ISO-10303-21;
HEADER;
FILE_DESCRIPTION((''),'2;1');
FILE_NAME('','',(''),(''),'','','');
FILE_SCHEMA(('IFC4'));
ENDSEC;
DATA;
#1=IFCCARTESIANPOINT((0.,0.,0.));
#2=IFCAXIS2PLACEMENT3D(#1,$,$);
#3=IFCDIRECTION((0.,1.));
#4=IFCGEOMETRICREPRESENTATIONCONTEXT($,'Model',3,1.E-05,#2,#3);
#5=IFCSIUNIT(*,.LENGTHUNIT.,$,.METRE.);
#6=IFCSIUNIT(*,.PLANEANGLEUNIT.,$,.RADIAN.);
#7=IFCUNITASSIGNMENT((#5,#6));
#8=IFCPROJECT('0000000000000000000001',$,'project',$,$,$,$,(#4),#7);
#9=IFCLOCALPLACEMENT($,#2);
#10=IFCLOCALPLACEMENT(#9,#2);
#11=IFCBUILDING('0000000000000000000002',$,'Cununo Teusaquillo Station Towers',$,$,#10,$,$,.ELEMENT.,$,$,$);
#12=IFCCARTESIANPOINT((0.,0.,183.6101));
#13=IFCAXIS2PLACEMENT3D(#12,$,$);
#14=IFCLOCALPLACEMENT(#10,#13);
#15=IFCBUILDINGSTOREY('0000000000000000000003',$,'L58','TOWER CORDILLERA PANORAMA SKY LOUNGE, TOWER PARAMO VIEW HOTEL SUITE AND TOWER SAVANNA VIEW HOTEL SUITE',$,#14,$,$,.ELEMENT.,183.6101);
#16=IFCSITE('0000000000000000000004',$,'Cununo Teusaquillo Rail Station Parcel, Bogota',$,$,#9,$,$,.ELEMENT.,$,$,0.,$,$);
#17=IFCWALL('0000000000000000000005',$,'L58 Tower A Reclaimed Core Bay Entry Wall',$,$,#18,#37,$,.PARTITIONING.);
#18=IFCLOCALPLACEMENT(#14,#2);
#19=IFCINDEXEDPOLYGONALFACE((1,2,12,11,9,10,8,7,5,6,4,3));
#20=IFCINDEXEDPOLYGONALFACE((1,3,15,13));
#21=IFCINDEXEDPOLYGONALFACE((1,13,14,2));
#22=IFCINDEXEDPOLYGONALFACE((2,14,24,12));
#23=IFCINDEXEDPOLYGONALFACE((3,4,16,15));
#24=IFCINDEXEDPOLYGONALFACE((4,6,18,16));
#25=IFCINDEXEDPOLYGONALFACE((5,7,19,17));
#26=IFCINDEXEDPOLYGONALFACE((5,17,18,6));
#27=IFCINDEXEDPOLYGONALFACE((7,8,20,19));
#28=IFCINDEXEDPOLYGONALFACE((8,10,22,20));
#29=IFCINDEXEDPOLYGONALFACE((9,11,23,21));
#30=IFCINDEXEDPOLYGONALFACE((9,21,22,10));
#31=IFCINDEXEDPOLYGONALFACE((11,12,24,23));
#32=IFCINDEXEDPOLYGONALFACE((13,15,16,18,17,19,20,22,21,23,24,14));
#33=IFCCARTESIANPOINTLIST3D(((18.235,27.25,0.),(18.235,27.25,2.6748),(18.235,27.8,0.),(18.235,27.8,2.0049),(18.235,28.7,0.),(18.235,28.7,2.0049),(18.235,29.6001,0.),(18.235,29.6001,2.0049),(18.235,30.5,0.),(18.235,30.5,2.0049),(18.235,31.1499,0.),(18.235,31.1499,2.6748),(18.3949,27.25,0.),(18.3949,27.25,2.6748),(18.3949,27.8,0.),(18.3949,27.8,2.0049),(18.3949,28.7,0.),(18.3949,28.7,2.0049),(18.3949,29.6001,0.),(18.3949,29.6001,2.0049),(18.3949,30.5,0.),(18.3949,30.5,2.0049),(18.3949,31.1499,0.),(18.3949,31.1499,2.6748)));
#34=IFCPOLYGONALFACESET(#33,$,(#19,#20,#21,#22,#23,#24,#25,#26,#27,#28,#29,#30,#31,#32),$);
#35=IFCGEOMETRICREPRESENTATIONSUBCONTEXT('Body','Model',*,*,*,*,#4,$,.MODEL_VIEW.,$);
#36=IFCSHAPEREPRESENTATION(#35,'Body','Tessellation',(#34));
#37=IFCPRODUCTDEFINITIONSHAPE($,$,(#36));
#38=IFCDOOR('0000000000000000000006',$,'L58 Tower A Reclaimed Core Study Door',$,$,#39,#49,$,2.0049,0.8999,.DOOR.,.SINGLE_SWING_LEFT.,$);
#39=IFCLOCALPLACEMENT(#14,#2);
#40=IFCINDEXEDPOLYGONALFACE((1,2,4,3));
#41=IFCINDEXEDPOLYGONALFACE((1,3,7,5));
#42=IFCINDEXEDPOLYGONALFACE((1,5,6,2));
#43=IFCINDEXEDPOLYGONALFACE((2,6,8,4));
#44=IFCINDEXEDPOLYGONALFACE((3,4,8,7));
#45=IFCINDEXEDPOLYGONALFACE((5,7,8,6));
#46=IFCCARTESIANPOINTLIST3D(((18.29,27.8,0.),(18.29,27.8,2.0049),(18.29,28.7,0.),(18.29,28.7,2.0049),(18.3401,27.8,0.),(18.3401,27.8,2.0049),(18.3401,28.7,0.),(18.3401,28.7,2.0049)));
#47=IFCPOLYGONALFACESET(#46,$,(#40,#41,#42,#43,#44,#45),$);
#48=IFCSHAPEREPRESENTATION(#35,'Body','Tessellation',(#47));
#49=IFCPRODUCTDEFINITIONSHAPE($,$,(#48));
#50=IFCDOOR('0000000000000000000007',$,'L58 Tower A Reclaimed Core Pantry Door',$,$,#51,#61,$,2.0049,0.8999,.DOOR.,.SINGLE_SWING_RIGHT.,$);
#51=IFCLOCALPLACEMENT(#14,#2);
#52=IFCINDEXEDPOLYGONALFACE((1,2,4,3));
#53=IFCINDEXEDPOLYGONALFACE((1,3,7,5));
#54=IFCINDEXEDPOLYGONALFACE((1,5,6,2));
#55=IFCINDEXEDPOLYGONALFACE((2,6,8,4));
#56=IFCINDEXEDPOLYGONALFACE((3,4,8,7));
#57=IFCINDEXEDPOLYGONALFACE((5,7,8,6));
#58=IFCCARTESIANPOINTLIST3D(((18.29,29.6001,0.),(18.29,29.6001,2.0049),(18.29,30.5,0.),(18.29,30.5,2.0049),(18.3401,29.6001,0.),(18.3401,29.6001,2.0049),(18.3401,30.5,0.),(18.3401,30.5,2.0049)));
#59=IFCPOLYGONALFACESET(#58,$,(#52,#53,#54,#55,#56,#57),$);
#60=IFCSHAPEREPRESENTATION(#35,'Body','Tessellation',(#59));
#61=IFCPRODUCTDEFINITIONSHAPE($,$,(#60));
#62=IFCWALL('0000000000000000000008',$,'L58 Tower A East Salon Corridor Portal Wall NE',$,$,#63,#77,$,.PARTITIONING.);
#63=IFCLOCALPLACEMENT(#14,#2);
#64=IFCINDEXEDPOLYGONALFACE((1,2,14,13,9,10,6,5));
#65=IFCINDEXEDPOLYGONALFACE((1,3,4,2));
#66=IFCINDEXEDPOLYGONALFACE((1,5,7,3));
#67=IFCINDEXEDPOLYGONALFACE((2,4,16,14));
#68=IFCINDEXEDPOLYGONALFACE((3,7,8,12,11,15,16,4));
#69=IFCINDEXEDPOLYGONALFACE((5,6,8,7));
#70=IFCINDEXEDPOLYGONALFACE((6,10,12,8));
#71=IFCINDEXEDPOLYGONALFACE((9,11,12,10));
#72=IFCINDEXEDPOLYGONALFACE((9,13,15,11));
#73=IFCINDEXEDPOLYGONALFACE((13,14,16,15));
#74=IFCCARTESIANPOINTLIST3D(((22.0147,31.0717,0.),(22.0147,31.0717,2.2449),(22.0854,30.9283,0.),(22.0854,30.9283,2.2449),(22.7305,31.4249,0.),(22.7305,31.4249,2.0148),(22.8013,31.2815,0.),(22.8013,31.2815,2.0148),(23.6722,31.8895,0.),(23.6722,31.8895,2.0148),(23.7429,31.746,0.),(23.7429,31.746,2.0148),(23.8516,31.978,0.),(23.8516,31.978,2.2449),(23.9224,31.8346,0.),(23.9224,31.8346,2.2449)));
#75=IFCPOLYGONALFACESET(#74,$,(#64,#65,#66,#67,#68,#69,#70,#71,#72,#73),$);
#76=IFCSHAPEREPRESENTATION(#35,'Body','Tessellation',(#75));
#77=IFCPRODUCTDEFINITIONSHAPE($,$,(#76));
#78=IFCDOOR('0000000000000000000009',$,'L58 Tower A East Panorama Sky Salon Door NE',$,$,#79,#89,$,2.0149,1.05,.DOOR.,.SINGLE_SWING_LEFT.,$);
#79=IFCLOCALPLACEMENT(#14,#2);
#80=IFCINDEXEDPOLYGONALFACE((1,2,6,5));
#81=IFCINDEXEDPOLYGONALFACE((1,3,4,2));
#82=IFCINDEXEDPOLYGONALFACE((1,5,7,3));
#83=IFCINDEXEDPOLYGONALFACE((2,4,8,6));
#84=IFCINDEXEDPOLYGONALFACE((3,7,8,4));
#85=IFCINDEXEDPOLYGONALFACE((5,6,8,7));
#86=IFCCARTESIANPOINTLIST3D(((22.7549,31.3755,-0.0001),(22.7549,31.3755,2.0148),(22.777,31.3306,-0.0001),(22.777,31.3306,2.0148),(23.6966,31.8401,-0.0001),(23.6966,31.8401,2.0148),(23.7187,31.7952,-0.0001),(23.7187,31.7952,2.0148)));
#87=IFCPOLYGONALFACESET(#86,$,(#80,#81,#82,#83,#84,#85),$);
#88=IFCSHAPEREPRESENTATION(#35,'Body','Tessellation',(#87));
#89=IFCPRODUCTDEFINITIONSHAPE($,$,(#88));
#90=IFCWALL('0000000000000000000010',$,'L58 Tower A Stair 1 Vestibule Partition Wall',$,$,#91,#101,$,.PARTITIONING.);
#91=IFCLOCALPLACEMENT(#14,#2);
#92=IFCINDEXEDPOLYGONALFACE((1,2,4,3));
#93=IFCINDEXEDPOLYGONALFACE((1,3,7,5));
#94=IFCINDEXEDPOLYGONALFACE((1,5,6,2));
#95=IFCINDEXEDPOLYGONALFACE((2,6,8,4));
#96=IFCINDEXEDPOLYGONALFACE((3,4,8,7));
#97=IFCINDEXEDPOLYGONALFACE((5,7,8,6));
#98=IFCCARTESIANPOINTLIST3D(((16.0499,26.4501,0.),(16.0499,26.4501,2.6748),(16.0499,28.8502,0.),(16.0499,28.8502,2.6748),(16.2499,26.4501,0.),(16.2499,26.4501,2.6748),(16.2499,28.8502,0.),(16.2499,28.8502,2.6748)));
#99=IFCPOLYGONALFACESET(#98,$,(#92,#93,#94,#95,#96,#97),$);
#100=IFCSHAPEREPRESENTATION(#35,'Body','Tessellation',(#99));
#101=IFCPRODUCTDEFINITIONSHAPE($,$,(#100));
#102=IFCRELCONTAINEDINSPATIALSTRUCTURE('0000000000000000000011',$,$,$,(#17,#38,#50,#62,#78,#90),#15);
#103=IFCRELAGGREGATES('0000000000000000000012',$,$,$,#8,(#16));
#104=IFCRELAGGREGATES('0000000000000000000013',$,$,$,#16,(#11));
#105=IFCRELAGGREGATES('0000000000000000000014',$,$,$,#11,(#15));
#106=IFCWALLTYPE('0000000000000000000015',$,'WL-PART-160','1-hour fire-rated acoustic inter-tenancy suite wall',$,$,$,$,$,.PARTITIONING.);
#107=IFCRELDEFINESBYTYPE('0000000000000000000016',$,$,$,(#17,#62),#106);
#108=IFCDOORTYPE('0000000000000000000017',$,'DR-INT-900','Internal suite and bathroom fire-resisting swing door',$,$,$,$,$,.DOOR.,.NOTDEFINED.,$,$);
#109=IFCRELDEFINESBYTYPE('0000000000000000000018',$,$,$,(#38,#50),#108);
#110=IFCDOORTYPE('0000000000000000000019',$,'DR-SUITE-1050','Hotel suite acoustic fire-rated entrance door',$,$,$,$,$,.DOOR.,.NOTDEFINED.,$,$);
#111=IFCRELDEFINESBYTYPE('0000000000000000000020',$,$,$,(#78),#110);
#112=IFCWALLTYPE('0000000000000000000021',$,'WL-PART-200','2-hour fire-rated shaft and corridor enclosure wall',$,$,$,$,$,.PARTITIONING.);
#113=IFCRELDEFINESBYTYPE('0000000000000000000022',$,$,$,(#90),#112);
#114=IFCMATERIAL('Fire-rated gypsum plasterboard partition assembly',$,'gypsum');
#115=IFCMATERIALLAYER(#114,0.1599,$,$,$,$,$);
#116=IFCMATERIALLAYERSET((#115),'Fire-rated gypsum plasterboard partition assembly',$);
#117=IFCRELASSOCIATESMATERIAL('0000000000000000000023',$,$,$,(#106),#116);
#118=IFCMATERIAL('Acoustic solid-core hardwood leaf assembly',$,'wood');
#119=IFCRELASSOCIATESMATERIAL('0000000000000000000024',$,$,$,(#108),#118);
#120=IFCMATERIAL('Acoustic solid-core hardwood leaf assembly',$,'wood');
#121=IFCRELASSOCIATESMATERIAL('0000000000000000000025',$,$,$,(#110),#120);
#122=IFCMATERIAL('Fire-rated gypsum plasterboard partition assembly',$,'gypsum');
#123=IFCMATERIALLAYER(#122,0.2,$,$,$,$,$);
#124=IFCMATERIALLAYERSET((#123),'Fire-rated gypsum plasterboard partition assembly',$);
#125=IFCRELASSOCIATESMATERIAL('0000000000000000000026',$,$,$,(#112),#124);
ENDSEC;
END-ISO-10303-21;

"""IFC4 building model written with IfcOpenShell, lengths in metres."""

from ifc_helpers import new_model, si_unit, direction, frame, frame_2d, origin, place, context, subcontext, project, spatial, rectangle, extrude, source, transform, mapped, material, layer, layer_set, type_object, element, fill, save


model = new_model("IFC4")

# Units and contexts
model_context = context("Model", 3, precision=1e-05, world=origin(), true_north=direction((0.0, 1.0)))
body_context = subcontext(model_context, "Body", "Model", "MODEL_VIEW")
ifc_project = project(units=[si_unit("LENGTHUNIT", "METRE"), si_unit("PLANEANGLEUNIT", "RADIAN")], contexts=[model_context])

# Site, building, storey
site_placement = place(None, origin())
site = spatial("IfcSite", under=ifc_project, at=site_placement, Name="Cununo Teusaquillo Rail Station Parcel, Bogota", CompositionType="ELEMENT", RefElevation=0.0)
building_placement = place(site_placement, origin())
building = spatial("IfcBuilding", under=site, at=building_placement, Name="Cununo Teusaquillo Station Towers", CompositionType="ELEMENT")
storey_placement = place(building_placement, frame((0.0, 0.0, 183.6101)))
storey = spatial("IfcBuildingStorey", under=building, at=storey_placement, Name="L58", Description="TOWER CORDILLERA PANORAMA SKY LOUNGE, TOWER PARAMO VIEW HOTEL SUITE AND TOWER SAVANNA VIEW HOTEL SUITE", CompositionType="ELEMENT", Elevation=183.6101)

# Shared definitions
shared_shape_1 = source(origin(), body_context, "Body", "SweptSolid", [
    extrude(rectangle(XDim=0.8999, YDim=2.0049, at=frame_2d((0.45, 1.0024))), frame((0.0, 0.0249, 0.0), z_axis=(0.0, -1.0, 0.0), x_axis=(1.0, 0.0, 0.0)), (0.0, 0.0, 1.0), 0.05),
])

# Wall, openings, doors
ifc_material_1 = material(Name="Fire-rated gypsum plasterboard partition assembly", Category="gypsum")
ifc_layer_1 = layer(ifc_material_1, 0.1599)
ifc_layer_set_1 = layer_set([ifc_layer_1], Name="Fire-rated gypsum plasterboard partition assembly")
wall_type_1 = type_object("IfcWallType", Name="WL-PART-160", Description="1-hour fire-rated acoustic inter-tenancy suite wall", PredefinedType="PARTITIONING", material=ifc_layer_set_1)
wall_1_placement = place(storey_placement, frame((18.3149, 27.25, 0.0), z_axis=(0.0, 0.0, 1.0), x_axis=(0.0, 1.0, 0.0)))
wall_1 = element("IfcWall", 1, at=wall_1_placement, inside=storey, type_object=wall_type_1, Name="L58 Tower A Reclaimed Core Bay Entry Wall", PredefinedType="PARTITIONING", context=body_context, shape_type="SweptSolid", body=[
    extrude(rectangle(XDim=3.8999, YDim=0.1599, at=frame_2d((1.95, 0.0))), origin(), (0.0, 0.0, 1.0), 2.6748),
])
shared_shape_2 = source(origin(), body_context, "Body", "SweptSolid", [
    extrude(rectangle(XDim=0.8999, YDim=2.0049, at=frame_2d((0.45, 1.0024))), frame((0.0, 0.0898, 0.0), z_axis=(0.0, -1.0, 0.0), x_axis=(1.0, 0.0, 0.0)), (0.0, 0.0, 1.0), 0.1799),
])
opening_1_placement = place(wall_1_placement, frame((0.55, 0.0, 0.0)))
opening_1 = element("IfcOpeningElement", 2, at=opening_1_placement, cuts=wall_1, PredefinedType="OPENING", context=body_context, shape_type="MappedRepresentation", body=[
    mapped(shared_shape_2, transform((0.0, 0.0, 0.0), x_axis=(1.0, 0.0, 0.0), y_axis=(0.0, 1.0, 0.0), z_axis=(0.0, 0.0, 1.0), scale=1.0)),
])
opening_2_placement = place(wall_1_placement, frame((2.3501, 0.0, 0.0)))
opening_2 = element("IfcOpeningElement", 3, at=opening_2_placement, cuts=wall_1, PredefinedType="OPENING", context=body_context, shape_type="MappedRepresentation", body=[
    mapped(shared_shape_2, transform((0.0, 0.0, 0.0), x_axis=(1.0, 0.0, 0.0), y_axis=(0.0, 1.0, 0.0), z_axis=(0.0, 0.0, 1.0), scale=1.0)),
])
ifc_material_2 = material(Name="Acoustic solid-core hardwood leaf assembly", Category="wood")
door_type_1 = type_object("IfcDoorType", Name="DR-INT-900", Description="Internal suite and bathroom fire-resisting swing door", OperationType="NOTDEFINED", PredefinedType="DOOR", material=ifc_material_2)
door_1_placement = place(opening_1_placement, origin())
door_1 = element("IfcDoor", 4, at=door_1_placement, inside=storey, type_object=door_type_1, Name="L58 Tower A Reclaimed Core Study Door", OperationType="SINGLE_SWING_LEFT", OverallHeight=2.0049, OverallWidth=0.8999, PredefinedType="DOOR", context=body_context, shape_type="MappedRepresentation", body=[
    mapped(shared_shape_1, transform((0.0, 0.0, 0.0), x_axis=(1.0, 0.0, 0.0), y_axis=(0.0, 1.0, 0.0), z_axis=(0.0, 0.0, 1.0), scale=1.0)),
])
fill(opening_1, door_1)
door_2_placement = place(opening_2_placement, origin())
door_2 = element("IfcDoor", 5, at=door_2_placement, inside=storey, type_object=door_type_1, Name="L58 Tower A Reclaimed Core Pantry Door", OperationType="SINGLE_SWING_RIGHT", OverallHeight=2.0049, OverallWidth=0.8999, PredefinedType="DOOR", context=body_context, shape_type="MappedRepresentation", body=[
    mapped(shared_shape_1, transform((0.0, 0.0, 0.0), x_axis=(1.0, 0.0, 0.0), y_axis=(0.0, 1.0, 0.0), z_axis=(0.0, 0.0, 1.0), scale=1.0)),
])
fill(opening_2, door_2)

# Wall, opening, door
wall_2_placement = place(storey_placement, frame((22.05, 31.0, 0.0), z_axis=(0.0, 0.0, 1.0), x_axis=(0.896798, 0.44244, 0.0)))
wall_2 = element("IfcWall", 6, at=wall_2_placement, inside=storey, type_object=wall_type_1, Name="L58 Tower A East Salon Corridor Portal Wall NE", PredefinedType="PARTITIONING", context=body_context, shape_type="SweptSolid", body=[
    extrude(rectangle(XDim=2.0483, YDim=0.1599, at=frame_2d((1.0242, 0.0))), origin(), (0.0, 0.0, 1.0), 2.2449),
])
shared_shape_3 = source(origin(), body_context, "Body", "SweptSolid", [
    extrude(rectangle(XDim=1.05, YDim=2.0149, at=frame_2d((0.5249, 1.0073))), frame((0.0, 0.0898, 0.0), z_axis=(0.0, -1.0, 0.0), x_axis=(1.0, 0.0, 0.0)), (0.0, 0.0, 1.0), 0.1799),
])
opening_3_placement = place(wall_2_placement, frame((0.7983, 0.0, 0.0)))
opening_3 = element("IfcOpeningElement", 7, at=opening_3_placement, cuts=wall_2, PredefinedType="OPENING", context=body_context, shape_type="MappedRepresentation", body=[
    mapped(shared_shape_3, transform((0.0, 0.0, 0.0), x_axis=(1.0, 0.0, 0.0), y_axis=(0.0, 1.0, 0.0), z_axis=(0.0, 0.0, 1.0), scale=1.0)),
])
ifc_material_3 = material(Name="Acoustic solid-core hardwood leaf assembly", Category="wood")
door_type_2 = type_object("IfcDoorType", Name="DR-SUITE-1050", Description="Hotel suite acoustic fire-rated entrance door", OperationType="NOTDEFINED", PredefinedType="DOOR", material=ifc_material_3)
shared_shape_4 = source(origin(), body_context, "Body", "SweptSolid", [
    extrude(rectangle(XDim=1.05, YDim=2.0149, at=frame_2d((0.5249, 1.0073))), frame((0.0, 0.0249, 0.0), z_axis=(0.0, -1.0, 0.0), x_axis=(1.0, 0.0, 0.0)), (0.0, 0.0, 1.0), 0.05),
])
door_3_placement = place(opening_3_placement, origin())
door_3 = element("IfcDoor", 8, at=door_3_placement, inside=storey, type_object=door_type_2, Name="L58 Tower A East Panorama Sky Salon Door NE", OperationType="SINGLE_SWING_LEFT", OverallHeight=2.0149, OverallWidth=1.05, PredefinedType="DOOR", context=body_context, shape_type="MappedRepresentation", body=[
    mapped(shared_shape_4, transform((0.0, 0.0, 0.0), x_axis=(1.0, 0.0, 0.0), y_axis=(0.0, 1.0, 0.0), z_axis=(0.0, 0.0, 1.0), scale=1.0)),
])
fill(opening_3, door_3)

# Wall
ifc_material_4 = material(Name="Fire-rated gypsum plasterboard partition assembly", Category="gypsum")
ifc_layer_2 = layer(ifc_material_4, 0.2)
ifc_layer_set_2 = layer_set([ifc_layer_2], Name="Fire-rated gypsum plasterboard partition assembly")
wall_type_2 = type_object("IfcWallType", Name="WL-PART-200", Description="2-hour fire-rated shaft and corridor enclosure wall", PredefinedType="PARTITIONING", material=ifc_layer_set_2)
wall_3_placement = place(storey_placement, frame((16.1499, 26.45, 0.0), z_axis=(0.0, 0.0, 1.0), x_axis=(0.0, 1.0, 0.0)))
element("IfcWall", 9, at=wall_3_placement, inside=storey, type_object=wall_type_2, Name="L58 Tower A Stair 1 Vestibule Partition Wall", PredefinedType="PARTITIONING", context=body_context, shape_type="SweptSolid", body=[
    extrude(rectangle(XDim=2.4001, YDim=0.2, at=frame_2d((1.2002, 0.0))), origin(), (0.0, 0.0, 1.0), 2.6748),
])

save(model, "model.ifc")
